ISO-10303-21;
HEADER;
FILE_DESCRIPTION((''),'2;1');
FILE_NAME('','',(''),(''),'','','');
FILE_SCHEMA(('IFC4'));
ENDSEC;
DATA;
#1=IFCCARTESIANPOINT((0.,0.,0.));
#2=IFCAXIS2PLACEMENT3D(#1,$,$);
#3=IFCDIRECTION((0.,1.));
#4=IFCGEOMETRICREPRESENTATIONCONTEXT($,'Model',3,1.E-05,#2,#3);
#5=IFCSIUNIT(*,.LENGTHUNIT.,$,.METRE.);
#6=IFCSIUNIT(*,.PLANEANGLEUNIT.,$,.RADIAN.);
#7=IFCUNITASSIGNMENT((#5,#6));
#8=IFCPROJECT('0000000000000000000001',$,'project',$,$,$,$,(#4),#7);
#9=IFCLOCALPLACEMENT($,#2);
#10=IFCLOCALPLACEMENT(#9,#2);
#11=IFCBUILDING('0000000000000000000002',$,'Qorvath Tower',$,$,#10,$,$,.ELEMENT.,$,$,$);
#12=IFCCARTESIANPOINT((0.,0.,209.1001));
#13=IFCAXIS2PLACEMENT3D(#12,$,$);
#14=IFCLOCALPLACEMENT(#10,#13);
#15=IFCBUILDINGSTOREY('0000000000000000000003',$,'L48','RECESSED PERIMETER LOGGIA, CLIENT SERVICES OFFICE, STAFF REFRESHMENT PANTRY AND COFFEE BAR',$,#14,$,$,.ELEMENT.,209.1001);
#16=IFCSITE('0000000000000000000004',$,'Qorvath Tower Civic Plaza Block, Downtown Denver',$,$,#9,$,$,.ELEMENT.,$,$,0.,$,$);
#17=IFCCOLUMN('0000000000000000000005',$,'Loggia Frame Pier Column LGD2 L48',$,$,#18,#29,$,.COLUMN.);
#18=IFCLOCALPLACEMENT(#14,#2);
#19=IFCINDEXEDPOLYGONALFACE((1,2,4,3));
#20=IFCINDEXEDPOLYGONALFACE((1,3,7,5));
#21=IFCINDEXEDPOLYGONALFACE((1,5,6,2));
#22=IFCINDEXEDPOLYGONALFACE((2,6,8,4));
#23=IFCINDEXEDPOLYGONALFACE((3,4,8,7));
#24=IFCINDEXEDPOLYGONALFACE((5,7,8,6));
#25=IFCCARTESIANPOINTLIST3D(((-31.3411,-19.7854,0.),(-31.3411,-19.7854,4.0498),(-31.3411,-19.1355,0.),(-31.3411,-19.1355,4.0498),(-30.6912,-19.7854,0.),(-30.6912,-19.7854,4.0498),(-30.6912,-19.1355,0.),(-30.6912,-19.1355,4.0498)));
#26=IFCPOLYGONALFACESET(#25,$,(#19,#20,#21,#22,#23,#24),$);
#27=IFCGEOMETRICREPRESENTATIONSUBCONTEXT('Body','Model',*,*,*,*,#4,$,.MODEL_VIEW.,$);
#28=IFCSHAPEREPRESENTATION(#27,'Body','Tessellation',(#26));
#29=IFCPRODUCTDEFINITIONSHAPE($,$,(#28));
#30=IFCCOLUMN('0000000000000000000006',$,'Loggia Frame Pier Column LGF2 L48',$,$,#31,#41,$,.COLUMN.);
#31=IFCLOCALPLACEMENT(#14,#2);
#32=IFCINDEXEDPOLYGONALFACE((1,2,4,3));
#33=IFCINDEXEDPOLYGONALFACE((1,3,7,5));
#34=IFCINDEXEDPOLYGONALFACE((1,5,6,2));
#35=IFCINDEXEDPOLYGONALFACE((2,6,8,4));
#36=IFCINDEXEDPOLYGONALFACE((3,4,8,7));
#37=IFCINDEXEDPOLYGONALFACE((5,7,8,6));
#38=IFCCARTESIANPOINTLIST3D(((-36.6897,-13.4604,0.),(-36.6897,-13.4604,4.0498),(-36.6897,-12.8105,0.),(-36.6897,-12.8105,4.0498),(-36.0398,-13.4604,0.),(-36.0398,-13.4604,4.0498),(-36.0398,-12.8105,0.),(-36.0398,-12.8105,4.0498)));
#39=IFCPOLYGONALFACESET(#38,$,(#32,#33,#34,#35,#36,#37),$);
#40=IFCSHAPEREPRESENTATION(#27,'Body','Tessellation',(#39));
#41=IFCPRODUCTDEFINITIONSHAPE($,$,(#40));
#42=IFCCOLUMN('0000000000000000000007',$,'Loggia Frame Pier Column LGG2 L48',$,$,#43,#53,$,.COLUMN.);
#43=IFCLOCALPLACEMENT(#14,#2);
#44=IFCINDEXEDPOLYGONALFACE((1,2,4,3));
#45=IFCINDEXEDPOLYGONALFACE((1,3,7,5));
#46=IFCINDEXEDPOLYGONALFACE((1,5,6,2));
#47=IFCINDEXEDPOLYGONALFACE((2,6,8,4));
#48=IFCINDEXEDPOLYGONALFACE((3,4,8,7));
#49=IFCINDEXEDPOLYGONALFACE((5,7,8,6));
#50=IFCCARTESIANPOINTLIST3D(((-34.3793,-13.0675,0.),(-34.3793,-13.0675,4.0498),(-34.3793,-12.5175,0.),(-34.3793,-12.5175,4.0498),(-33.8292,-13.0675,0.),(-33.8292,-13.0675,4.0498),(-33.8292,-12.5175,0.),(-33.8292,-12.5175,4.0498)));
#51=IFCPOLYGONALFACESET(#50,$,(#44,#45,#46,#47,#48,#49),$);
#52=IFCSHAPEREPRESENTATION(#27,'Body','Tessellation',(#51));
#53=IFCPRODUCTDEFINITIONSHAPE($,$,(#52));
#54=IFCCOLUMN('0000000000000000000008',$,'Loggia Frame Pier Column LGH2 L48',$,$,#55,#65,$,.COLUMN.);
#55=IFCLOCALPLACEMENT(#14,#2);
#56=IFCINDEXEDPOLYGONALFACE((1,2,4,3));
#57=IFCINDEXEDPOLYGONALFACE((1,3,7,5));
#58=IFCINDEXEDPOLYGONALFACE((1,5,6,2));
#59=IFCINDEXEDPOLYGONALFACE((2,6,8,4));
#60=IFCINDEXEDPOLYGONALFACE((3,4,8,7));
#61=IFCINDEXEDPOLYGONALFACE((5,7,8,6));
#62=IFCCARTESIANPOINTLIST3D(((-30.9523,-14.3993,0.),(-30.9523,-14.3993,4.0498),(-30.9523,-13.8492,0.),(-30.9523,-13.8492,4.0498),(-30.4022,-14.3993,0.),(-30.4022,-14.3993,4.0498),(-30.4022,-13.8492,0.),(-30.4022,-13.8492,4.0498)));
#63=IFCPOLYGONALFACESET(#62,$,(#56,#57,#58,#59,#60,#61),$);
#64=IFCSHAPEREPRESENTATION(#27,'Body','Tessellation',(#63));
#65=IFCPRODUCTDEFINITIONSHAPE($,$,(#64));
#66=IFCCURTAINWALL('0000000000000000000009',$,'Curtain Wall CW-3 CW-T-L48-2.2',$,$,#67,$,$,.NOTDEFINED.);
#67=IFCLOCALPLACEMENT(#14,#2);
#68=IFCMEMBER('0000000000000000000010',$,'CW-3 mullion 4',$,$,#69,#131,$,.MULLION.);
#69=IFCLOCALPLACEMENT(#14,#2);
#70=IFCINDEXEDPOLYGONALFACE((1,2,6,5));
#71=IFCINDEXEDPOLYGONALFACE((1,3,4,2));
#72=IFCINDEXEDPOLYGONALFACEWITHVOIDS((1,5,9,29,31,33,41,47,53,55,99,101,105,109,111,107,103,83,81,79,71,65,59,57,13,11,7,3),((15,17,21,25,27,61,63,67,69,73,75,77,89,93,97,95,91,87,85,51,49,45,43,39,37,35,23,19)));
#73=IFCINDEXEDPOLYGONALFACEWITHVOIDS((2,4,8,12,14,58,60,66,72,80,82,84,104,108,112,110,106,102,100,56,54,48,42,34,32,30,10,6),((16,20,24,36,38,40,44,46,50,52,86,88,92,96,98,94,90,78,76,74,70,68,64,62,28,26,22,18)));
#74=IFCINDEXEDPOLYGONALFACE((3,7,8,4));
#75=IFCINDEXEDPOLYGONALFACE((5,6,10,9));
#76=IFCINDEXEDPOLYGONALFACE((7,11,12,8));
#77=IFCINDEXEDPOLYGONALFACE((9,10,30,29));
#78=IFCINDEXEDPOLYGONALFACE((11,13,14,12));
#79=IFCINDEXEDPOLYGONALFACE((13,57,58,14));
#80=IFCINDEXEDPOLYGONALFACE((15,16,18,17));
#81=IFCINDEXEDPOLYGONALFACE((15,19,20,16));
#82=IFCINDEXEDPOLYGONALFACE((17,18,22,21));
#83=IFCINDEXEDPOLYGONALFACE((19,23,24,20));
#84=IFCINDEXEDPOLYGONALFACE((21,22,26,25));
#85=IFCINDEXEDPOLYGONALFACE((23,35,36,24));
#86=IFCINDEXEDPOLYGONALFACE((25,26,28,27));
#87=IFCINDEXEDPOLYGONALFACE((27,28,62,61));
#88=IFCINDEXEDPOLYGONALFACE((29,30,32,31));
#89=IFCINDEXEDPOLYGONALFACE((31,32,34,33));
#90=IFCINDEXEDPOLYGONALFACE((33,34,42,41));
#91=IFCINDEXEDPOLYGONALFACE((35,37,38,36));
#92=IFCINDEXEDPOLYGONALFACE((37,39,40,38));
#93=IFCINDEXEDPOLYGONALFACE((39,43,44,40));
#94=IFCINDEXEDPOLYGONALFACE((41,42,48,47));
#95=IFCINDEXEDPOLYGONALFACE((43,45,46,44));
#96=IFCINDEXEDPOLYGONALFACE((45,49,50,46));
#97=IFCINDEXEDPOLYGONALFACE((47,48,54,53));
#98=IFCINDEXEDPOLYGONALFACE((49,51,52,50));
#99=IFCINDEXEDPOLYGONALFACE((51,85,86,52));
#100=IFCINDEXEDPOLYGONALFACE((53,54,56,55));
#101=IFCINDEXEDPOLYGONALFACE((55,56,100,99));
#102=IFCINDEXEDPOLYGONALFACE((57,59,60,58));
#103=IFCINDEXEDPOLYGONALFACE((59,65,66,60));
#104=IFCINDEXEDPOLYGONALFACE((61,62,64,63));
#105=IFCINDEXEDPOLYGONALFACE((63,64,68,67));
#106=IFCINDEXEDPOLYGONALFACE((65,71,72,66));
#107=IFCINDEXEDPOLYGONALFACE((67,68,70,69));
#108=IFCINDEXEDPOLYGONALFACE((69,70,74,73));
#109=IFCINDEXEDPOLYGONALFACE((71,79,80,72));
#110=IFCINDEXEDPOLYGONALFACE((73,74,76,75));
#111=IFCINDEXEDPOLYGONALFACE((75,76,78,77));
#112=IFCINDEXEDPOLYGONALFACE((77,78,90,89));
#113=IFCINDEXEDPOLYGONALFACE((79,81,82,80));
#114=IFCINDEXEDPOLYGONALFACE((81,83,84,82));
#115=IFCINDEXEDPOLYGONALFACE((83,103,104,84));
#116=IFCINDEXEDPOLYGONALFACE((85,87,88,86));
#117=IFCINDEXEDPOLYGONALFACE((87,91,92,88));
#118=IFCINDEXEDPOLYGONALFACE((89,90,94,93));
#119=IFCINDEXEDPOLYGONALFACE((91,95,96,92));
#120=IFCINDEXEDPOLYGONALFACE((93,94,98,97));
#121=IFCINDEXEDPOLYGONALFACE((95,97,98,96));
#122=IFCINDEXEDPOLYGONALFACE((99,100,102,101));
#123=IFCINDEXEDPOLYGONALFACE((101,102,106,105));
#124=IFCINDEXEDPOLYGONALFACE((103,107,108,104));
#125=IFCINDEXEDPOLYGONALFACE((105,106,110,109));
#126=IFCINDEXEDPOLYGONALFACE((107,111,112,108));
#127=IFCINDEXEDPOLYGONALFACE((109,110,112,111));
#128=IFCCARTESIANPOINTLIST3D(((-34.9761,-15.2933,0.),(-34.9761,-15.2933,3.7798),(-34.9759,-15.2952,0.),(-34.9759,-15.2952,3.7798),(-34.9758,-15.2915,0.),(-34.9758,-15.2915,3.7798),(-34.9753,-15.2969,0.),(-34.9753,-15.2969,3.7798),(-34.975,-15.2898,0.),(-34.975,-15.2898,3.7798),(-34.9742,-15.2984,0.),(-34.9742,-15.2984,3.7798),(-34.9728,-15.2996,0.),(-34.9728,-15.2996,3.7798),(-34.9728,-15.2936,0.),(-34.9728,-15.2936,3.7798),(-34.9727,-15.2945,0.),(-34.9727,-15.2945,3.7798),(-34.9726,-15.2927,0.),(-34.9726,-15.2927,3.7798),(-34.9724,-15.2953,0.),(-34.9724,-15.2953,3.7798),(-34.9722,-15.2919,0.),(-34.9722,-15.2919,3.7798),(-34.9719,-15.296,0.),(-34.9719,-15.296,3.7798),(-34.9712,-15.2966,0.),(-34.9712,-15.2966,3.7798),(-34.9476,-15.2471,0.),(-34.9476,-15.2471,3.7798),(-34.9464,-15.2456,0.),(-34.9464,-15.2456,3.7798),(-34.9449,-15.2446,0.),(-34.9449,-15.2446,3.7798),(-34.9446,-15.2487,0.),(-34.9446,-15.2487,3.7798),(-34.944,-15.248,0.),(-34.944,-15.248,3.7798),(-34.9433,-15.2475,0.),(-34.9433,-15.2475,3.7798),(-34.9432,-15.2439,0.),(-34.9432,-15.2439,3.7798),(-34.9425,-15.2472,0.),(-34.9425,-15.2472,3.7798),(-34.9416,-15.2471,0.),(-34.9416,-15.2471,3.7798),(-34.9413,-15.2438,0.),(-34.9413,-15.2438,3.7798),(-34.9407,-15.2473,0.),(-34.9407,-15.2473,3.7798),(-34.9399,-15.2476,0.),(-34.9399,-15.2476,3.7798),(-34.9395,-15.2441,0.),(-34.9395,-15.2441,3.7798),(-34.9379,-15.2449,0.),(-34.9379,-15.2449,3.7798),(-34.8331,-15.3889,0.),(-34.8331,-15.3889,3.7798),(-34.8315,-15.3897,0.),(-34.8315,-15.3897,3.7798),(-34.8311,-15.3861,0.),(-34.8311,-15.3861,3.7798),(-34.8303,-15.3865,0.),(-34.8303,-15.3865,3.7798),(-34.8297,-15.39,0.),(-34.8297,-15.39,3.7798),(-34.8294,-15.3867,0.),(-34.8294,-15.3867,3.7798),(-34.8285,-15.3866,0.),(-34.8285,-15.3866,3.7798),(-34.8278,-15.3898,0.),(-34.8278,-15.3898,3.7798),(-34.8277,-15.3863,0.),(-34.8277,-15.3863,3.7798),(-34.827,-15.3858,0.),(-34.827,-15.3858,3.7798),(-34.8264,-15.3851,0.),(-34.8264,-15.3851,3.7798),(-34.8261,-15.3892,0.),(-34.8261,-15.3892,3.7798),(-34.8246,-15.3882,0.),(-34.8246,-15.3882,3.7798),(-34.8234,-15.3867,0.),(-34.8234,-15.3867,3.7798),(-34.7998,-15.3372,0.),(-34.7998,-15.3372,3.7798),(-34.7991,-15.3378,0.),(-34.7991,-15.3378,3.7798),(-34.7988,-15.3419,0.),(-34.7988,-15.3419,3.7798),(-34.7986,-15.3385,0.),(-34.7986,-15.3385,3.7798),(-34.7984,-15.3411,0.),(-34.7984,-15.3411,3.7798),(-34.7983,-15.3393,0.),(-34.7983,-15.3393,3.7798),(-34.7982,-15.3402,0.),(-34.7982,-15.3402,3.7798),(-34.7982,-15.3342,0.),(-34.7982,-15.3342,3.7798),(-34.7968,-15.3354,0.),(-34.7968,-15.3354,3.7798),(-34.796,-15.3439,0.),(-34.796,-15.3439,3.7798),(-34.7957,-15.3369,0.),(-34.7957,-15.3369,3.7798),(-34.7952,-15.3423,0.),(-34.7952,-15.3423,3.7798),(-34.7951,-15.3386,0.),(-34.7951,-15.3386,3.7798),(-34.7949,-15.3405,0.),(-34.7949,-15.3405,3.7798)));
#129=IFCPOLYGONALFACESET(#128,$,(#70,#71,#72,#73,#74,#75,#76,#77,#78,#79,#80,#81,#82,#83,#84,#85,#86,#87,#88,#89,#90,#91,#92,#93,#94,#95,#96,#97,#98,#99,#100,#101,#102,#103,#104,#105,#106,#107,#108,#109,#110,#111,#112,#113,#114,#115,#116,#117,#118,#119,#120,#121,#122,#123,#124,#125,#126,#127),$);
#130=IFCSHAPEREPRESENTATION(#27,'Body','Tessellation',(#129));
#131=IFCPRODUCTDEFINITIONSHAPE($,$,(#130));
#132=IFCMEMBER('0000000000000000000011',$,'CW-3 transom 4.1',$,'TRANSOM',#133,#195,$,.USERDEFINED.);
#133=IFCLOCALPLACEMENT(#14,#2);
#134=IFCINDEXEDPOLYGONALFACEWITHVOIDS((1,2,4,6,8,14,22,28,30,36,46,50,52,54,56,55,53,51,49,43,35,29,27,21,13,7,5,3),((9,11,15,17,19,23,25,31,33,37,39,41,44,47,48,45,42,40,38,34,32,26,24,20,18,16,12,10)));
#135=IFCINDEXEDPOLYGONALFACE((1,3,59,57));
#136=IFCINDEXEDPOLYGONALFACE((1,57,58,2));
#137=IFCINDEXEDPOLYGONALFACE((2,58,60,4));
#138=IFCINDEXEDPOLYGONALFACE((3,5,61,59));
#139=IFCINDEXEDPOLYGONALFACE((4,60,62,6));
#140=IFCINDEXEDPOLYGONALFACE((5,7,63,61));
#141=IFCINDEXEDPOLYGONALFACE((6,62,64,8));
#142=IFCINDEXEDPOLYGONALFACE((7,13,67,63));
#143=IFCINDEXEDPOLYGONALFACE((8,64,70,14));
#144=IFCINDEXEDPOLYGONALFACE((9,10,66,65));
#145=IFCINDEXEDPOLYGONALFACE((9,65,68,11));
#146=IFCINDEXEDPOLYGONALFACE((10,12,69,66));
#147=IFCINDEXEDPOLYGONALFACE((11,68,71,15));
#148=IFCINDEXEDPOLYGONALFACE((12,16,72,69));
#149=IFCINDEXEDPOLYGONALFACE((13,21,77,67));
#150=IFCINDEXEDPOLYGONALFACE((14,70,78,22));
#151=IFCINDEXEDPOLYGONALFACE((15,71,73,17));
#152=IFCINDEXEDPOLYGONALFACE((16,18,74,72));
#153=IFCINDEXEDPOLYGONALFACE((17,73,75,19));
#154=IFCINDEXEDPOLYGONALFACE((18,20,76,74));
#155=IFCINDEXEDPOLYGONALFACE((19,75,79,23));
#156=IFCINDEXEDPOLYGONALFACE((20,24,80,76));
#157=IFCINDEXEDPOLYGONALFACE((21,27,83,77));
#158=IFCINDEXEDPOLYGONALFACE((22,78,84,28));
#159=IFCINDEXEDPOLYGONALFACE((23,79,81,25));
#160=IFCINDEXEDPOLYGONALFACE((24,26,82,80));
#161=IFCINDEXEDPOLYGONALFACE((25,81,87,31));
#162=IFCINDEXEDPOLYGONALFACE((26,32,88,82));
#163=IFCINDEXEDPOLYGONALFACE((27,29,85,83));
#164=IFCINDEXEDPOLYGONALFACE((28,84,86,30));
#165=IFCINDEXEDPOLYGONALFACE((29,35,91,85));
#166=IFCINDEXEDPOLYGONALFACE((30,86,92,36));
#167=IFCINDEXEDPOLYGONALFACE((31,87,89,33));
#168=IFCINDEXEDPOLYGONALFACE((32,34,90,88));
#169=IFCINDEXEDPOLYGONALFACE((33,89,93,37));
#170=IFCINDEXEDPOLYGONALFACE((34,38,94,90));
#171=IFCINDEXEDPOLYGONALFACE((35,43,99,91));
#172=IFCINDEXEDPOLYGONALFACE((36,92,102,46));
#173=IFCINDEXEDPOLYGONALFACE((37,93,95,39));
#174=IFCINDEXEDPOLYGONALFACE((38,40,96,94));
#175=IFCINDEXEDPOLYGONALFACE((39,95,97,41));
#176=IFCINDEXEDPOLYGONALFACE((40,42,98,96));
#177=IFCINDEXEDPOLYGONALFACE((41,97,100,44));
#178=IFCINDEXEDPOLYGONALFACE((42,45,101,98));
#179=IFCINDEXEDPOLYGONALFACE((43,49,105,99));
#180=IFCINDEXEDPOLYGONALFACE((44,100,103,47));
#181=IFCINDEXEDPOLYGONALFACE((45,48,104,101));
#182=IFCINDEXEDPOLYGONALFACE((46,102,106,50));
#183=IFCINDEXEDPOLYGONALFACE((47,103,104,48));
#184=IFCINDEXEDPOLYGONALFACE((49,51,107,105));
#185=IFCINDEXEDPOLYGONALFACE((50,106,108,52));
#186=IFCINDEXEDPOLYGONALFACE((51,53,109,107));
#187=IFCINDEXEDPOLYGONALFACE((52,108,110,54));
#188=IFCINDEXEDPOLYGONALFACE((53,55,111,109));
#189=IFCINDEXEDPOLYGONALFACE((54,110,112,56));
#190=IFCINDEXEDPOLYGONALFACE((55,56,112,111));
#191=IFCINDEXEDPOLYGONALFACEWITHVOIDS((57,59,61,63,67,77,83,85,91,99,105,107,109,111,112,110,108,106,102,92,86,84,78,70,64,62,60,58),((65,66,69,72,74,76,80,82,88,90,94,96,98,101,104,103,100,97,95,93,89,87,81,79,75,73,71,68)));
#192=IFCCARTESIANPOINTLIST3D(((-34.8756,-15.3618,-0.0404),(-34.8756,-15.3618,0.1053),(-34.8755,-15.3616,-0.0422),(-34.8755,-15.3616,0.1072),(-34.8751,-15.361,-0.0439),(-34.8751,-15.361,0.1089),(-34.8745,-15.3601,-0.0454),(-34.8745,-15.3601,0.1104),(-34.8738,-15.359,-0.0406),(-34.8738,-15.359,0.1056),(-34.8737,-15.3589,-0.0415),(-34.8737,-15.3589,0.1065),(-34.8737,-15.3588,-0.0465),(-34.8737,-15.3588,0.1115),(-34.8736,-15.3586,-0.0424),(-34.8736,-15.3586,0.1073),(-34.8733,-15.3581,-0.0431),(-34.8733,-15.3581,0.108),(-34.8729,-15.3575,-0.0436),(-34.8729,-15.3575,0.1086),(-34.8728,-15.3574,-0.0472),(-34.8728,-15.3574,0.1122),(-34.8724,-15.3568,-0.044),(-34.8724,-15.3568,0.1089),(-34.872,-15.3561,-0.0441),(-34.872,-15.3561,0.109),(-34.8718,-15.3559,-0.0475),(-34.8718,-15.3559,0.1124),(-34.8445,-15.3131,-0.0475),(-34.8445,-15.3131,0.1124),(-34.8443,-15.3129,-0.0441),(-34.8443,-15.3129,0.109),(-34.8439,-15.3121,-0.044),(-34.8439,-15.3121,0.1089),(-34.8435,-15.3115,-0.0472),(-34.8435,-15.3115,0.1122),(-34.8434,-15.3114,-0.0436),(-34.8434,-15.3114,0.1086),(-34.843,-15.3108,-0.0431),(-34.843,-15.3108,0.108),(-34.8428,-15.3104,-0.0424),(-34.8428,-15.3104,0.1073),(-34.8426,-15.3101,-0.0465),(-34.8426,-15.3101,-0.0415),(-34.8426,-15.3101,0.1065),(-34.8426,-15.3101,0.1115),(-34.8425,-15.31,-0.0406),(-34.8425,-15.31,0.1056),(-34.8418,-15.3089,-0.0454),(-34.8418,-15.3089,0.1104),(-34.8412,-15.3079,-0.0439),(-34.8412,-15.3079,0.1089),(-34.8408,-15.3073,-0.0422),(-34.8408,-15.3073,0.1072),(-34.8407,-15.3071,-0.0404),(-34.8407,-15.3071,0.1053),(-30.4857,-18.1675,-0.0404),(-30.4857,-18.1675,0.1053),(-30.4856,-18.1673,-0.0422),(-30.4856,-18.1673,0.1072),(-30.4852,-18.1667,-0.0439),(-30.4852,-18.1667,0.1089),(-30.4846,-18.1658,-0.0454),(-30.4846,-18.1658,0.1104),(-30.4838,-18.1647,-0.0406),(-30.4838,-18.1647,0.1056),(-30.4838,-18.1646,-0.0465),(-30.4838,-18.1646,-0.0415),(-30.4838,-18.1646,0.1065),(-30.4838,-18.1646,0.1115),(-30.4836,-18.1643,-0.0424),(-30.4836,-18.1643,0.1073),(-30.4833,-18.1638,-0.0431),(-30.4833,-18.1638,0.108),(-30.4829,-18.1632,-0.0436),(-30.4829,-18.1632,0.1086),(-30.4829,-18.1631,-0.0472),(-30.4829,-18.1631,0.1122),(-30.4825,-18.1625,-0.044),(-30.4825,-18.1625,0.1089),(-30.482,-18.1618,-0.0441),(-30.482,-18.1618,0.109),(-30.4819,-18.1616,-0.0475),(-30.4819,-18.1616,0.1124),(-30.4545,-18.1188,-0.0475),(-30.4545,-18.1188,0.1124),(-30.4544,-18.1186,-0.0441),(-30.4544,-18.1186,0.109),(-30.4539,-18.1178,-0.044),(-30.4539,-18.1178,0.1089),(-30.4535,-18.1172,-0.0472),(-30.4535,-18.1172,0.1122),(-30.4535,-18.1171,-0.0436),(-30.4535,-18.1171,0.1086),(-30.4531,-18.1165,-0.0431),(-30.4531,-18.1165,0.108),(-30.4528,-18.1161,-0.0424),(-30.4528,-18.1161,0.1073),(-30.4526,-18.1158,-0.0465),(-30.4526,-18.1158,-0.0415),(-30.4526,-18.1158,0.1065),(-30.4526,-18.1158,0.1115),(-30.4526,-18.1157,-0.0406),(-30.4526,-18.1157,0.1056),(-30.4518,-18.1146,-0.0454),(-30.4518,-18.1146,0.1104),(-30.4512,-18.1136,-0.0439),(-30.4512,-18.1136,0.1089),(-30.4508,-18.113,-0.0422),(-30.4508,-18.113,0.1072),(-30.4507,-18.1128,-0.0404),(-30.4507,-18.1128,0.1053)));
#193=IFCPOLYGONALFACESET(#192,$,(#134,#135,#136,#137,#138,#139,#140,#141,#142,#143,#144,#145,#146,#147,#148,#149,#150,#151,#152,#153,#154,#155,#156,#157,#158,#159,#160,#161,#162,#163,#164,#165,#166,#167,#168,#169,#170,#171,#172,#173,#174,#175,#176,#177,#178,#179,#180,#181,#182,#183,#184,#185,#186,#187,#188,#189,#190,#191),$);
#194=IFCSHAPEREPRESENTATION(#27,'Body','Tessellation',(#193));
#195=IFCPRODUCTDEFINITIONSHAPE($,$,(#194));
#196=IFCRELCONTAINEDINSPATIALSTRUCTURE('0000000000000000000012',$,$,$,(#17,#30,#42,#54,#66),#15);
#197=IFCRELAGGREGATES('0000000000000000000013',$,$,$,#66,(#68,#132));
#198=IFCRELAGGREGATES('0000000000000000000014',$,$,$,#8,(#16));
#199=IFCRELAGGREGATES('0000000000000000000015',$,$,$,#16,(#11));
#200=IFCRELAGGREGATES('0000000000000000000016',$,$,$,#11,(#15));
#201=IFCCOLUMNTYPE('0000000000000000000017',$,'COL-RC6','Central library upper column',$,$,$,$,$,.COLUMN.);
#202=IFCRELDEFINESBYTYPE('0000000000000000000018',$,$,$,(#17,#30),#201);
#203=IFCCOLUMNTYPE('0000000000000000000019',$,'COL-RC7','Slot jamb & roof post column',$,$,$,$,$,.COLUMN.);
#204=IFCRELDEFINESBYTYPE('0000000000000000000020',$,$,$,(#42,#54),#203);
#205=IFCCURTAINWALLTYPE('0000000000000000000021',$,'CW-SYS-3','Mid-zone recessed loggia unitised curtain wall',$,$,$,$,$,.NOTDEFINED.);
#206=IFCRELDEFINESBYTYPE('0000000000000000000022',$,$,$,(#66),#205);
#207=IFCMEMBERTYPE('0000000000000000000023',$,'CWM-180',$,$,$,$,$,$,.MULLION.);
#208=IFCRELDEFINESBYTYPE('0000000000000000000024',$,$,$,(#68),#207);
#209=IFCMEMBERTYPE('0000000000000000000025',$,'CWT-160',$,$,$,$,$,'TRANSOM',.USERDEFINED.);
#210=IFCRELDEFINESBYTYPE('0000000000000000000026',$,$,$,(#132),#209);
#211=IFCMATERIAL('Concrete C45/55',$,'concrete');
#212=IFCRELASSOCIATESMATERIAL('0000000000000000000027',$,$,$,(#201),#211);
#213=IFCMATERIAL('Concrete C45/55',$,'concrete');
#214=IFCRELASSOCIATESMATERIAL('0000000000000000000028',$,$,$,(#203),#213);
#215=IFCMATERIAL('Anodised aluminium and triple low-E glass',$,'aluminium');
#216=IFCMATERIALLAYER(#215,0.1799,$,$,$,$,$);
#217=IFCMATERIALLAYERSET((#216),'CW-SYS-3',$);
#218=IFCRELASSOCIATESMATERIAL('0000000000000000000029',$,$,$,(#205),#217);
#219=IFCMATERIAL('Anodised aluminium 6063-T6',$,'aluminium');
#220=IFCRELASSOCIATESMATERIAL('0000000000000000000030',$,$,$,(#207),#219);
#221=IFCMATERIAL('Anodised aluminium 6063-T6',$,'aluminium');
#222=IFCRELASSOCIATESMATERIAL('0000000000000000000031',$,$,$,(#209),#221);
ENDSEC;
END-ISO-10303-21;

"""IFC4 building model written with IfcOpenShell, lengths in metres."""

from ifc_helpers import new_model, si_unit, direction, frame, origin, origin_2d, place, context, subcontext, project, spatial, rectangle, hollow_rectangle, extrude, material, layer, layer_set, material_profile, profile_set, type_object, element, aggregate, save


model = new_model("IFC4")

# Units and contexts
model_context = context("Model", 3, precision=1e-05, world=origin(), true_north=direction((0.0, 1.0)))
body_context = subcontext(model_context, "Body", "Model", "MODEL_VIEW")
ifc_project = project(units=[si_unit("LENGTHUNIT", "METRE"), si_unit("PLANEANGLEUNIT", "RADIAN")], contexts=[model_context])

# Site, building, storey
site_placement = place(None, origin())
site = spatial("IfcSite", under=ifc_project, at=site_placement, Name="Qorvath Tower Civic Plaza Block, Downtown Denver", CompositionType="ELEMENT", RefElevation=0.0)
building_placement = place(site_placement, origin())
building = spatial("IfcBuilding", under=site, at=building_placement, Name="Qorvath Tower", CompositionType="ELEMENT")
storey_placement = place(building_placement, frame((0.0, 0.0, 209.1001)))
storey = spatial("IfcBuildingStorey", under=building, at=storey_placement, Name="L48", Description="RECESSED PERIMETER LOGGIA, CLIENT SERVICES OFFICE, STAFF REFRESHMENT PANTRY AND COFFEE BAR", CompositionType="ELEMENT", Elevation=209.1001)

# Columns
ifc_material_1 = material(Name="Concrete C45/55", Category="concrete")
ifc_material_profile_1 = material_profile(ifc_material_1, rectangle(XDim=0.6499, YDim=0.6499, at=origin_2d()), Name="RC 650x650")
ifc_profile_set_1 = profile_set([ifc_material_profile_1], Name="Concrete C45/55")
column_type_1 = type_object("IfcColumnType", Name="COL-RC6", Description="Central library upper column", PredefinedType="COLUMN", material=ifc_profile_set_1)
for number, where, z_axis, x_axis, name in (
    (1, (-31.0161, -19.4604, 0.0), (0.0, 0.0, 1.0), (1.0, 0.0, 0.0), "Loggia Frame Pier Column LGD2 L48"),
    (2, (-36.3647, -13.1355, 0.0), (0.0, 0.0, 1.0), (1.0, 0.0, 0.0), "Loggia Frame Pier Column LGF2 L48"),
):
    element("IfcColumn", number, at=place(storey_placement, frame(where, z_axis=z_axis, x_axis=x_axis)), inside=storey, type_object=column_type_1, Name=name, PredefinedType="COLUMN", context=body_context, shape_type="SweptSolid", body=[
        extrude(rectangle(XDim=0.6499, YDim=0.6499, at=origin_2d()), origin(), (0.0, 0.0, 1.0), 4.0498),
    ])
ifc_material_2 = material(Name="Concrete C45/55", Category="concrete")
ifc_material_profile_2 = material_profile(ifc_material_2, rectangle(XDim=0.55, YDim=0.55, at=origin_2d()), Name="RC 550x550")
ifc_profile_set_2 = profile_set([ifc_material_profile_2], Name="Concrete C45/55")
column_type_2 = type_object("IfcColumnType", Name="COL-RC7", Description="Slot jamb & roof post column", PredefinedType="COLUMN", material=ifc_profile_set_2)
for number, where, z_axis, x_axis, name in (
    (3, (-34.1042, -12.7925, 0.0), (0.0, 0.0, 1.0), (1.0, 0.0, 0.0), "Loggia Frame Pier Column LGG2 L48"),
    (4, (-30.6772, -14.1243, 0.0), (0.0, 0.0, 1.0), (1.0, 0.0, 0.0), "Loggia Frame Pier Column LGH2 L48"),
):
    element("IfcColumn", number, at=place(storey_placement, frame(where, z_axis=z_axis, x_axis=x_axis)), inside=storey, type_object=column_type_2, Name=name, PredefinedType="COLUMN", context=body_context, shape_type="SweptSolid", body=[
        extrude(rectangle(XDim=0.55, YDim=0.55, at=origin_2d()), origin(), (0.0, 0.0, 1.0), 4.0498),
    ])

# Curtain wall, members
ifc_material_3 = material(Name="Anodised aluminium and triple low-E glass", Category="aluminium")
ifc_layer_1 = layer(ifc_material_3, 0.1799)
ifc_layer_set_1 = layer_set([ifc_layer_1], Name="CW-SYS-3")
curtain_wall_type = type_object("IfcCurtainWallType", Name="CW-SYS-3", Description="Mid-zone recessed loggia unitised curtain wall", PredefinedType="NOTDEFINED", material=ifc_layer_set_1)
curtain_wall_placement = place(storey_placement, origin())
curtain_wall = element("IfcCurtainWall", 5, at=curtain_wall_placement, inside=storey, type_object=curtain_wall_type, Name="Curtain Wall CW-3 CW-T-L48-2.2", PredefinedType="NOTDEFINED")
ifc_material_4 = material(Name="Anodised aluminium 6063-T6", Category="aluminium")
ifc_material_profile_3 = material_profile(ifc_material_4, hollow_rectangle(XDim=0.0649, YDim=0.1799, WallThickness=0.0034, InnerFilletRadius=0.0034, OuterFilletRadius=0.0071, at=origin_2d()), Name="CWM 180x65")
ifc_profile_set_3 = profile_set([ifc_material_profile_3], Name="Anodised aluminium 6063-T6")
member_type_1 = type_object("IfcMemberType", Name="CWM-180", PredefinedType="MULLION", material=ifc_profile_set_3)
member_1_placement = place(storey_placement, frame((-34.8855, -15.3169, 0.0), z_axis=(0.0, 0.0, 1.0), x_axis=(0.538533, 0.842605, 0.0)))
member_1 = element("IfcMember", 6, at=member_1_placement, type_object=member_type_1, Name="CW-3 mullion 4", PredefinedType="MULLION", context=body_context, shape_type="SweptSolid", body=[
    extrude(hollow_rectangle(XDim=0.0649, YDim=0.1799, WallThickness=0.0034, InnerFilletRadius=0.0034, OuterFilletRadius=0.0071, at=origin_2d()), origin(), (0.0, 0.0, 1.0), 3.7798),
])
ifc_material_5 = material(Name="Anodised aluminium 6063-T6", Category="aluminium")
ifc_material_profile_4 = material_profile(ifc_material_5, hollow_rectangle(XDim=0.0649, YDim=0.1599, WallThickness=0.0034, InnerFilletRadius=0.0034, OuterFilletRadius=0.0071, at=origin_2d()), Name="CWT 160x65")
ifc_profile_set_4 = profile_set([ifc_material_profile_4], Name="Anodised aluminium 6063-T6")
member_type_2 = type_object("IfcMemberType", Name="CWT-160", ElementType="TRANSOM", PredefinedType="USERDEFINED", material=ifc_profile_set_4)
member_2_placement = place(storey_placement, frame((-34.8582, -15.3345, 0.0325), z_axis=(0.842608, -0.538527, 0.0), x_axis=(0.538527, 0.842608, 0.0)))
member_2 = element("IfcMember", 7, at=member_2_placement, type_object=member_type_2, Name="CW-3 transom 4.1", ObjectType="TRANSOM", PredefinedType="USERDEFINED", context=body_context, shape_type="SweptSolid", body=[
    extrude(hollow_rectangle(XDim=0.0649, YDim=0.1599, WallThickness=0.0034, InnerFilletRadius=0.0034, OuterFilletRadius=0.0071, at=origin_2d()), origin(), (0.0, 0.0, 1.0), 5.21),
])
aggregate(curtain_wall, [member_1, member_2])

save(model, "model.ifc")
